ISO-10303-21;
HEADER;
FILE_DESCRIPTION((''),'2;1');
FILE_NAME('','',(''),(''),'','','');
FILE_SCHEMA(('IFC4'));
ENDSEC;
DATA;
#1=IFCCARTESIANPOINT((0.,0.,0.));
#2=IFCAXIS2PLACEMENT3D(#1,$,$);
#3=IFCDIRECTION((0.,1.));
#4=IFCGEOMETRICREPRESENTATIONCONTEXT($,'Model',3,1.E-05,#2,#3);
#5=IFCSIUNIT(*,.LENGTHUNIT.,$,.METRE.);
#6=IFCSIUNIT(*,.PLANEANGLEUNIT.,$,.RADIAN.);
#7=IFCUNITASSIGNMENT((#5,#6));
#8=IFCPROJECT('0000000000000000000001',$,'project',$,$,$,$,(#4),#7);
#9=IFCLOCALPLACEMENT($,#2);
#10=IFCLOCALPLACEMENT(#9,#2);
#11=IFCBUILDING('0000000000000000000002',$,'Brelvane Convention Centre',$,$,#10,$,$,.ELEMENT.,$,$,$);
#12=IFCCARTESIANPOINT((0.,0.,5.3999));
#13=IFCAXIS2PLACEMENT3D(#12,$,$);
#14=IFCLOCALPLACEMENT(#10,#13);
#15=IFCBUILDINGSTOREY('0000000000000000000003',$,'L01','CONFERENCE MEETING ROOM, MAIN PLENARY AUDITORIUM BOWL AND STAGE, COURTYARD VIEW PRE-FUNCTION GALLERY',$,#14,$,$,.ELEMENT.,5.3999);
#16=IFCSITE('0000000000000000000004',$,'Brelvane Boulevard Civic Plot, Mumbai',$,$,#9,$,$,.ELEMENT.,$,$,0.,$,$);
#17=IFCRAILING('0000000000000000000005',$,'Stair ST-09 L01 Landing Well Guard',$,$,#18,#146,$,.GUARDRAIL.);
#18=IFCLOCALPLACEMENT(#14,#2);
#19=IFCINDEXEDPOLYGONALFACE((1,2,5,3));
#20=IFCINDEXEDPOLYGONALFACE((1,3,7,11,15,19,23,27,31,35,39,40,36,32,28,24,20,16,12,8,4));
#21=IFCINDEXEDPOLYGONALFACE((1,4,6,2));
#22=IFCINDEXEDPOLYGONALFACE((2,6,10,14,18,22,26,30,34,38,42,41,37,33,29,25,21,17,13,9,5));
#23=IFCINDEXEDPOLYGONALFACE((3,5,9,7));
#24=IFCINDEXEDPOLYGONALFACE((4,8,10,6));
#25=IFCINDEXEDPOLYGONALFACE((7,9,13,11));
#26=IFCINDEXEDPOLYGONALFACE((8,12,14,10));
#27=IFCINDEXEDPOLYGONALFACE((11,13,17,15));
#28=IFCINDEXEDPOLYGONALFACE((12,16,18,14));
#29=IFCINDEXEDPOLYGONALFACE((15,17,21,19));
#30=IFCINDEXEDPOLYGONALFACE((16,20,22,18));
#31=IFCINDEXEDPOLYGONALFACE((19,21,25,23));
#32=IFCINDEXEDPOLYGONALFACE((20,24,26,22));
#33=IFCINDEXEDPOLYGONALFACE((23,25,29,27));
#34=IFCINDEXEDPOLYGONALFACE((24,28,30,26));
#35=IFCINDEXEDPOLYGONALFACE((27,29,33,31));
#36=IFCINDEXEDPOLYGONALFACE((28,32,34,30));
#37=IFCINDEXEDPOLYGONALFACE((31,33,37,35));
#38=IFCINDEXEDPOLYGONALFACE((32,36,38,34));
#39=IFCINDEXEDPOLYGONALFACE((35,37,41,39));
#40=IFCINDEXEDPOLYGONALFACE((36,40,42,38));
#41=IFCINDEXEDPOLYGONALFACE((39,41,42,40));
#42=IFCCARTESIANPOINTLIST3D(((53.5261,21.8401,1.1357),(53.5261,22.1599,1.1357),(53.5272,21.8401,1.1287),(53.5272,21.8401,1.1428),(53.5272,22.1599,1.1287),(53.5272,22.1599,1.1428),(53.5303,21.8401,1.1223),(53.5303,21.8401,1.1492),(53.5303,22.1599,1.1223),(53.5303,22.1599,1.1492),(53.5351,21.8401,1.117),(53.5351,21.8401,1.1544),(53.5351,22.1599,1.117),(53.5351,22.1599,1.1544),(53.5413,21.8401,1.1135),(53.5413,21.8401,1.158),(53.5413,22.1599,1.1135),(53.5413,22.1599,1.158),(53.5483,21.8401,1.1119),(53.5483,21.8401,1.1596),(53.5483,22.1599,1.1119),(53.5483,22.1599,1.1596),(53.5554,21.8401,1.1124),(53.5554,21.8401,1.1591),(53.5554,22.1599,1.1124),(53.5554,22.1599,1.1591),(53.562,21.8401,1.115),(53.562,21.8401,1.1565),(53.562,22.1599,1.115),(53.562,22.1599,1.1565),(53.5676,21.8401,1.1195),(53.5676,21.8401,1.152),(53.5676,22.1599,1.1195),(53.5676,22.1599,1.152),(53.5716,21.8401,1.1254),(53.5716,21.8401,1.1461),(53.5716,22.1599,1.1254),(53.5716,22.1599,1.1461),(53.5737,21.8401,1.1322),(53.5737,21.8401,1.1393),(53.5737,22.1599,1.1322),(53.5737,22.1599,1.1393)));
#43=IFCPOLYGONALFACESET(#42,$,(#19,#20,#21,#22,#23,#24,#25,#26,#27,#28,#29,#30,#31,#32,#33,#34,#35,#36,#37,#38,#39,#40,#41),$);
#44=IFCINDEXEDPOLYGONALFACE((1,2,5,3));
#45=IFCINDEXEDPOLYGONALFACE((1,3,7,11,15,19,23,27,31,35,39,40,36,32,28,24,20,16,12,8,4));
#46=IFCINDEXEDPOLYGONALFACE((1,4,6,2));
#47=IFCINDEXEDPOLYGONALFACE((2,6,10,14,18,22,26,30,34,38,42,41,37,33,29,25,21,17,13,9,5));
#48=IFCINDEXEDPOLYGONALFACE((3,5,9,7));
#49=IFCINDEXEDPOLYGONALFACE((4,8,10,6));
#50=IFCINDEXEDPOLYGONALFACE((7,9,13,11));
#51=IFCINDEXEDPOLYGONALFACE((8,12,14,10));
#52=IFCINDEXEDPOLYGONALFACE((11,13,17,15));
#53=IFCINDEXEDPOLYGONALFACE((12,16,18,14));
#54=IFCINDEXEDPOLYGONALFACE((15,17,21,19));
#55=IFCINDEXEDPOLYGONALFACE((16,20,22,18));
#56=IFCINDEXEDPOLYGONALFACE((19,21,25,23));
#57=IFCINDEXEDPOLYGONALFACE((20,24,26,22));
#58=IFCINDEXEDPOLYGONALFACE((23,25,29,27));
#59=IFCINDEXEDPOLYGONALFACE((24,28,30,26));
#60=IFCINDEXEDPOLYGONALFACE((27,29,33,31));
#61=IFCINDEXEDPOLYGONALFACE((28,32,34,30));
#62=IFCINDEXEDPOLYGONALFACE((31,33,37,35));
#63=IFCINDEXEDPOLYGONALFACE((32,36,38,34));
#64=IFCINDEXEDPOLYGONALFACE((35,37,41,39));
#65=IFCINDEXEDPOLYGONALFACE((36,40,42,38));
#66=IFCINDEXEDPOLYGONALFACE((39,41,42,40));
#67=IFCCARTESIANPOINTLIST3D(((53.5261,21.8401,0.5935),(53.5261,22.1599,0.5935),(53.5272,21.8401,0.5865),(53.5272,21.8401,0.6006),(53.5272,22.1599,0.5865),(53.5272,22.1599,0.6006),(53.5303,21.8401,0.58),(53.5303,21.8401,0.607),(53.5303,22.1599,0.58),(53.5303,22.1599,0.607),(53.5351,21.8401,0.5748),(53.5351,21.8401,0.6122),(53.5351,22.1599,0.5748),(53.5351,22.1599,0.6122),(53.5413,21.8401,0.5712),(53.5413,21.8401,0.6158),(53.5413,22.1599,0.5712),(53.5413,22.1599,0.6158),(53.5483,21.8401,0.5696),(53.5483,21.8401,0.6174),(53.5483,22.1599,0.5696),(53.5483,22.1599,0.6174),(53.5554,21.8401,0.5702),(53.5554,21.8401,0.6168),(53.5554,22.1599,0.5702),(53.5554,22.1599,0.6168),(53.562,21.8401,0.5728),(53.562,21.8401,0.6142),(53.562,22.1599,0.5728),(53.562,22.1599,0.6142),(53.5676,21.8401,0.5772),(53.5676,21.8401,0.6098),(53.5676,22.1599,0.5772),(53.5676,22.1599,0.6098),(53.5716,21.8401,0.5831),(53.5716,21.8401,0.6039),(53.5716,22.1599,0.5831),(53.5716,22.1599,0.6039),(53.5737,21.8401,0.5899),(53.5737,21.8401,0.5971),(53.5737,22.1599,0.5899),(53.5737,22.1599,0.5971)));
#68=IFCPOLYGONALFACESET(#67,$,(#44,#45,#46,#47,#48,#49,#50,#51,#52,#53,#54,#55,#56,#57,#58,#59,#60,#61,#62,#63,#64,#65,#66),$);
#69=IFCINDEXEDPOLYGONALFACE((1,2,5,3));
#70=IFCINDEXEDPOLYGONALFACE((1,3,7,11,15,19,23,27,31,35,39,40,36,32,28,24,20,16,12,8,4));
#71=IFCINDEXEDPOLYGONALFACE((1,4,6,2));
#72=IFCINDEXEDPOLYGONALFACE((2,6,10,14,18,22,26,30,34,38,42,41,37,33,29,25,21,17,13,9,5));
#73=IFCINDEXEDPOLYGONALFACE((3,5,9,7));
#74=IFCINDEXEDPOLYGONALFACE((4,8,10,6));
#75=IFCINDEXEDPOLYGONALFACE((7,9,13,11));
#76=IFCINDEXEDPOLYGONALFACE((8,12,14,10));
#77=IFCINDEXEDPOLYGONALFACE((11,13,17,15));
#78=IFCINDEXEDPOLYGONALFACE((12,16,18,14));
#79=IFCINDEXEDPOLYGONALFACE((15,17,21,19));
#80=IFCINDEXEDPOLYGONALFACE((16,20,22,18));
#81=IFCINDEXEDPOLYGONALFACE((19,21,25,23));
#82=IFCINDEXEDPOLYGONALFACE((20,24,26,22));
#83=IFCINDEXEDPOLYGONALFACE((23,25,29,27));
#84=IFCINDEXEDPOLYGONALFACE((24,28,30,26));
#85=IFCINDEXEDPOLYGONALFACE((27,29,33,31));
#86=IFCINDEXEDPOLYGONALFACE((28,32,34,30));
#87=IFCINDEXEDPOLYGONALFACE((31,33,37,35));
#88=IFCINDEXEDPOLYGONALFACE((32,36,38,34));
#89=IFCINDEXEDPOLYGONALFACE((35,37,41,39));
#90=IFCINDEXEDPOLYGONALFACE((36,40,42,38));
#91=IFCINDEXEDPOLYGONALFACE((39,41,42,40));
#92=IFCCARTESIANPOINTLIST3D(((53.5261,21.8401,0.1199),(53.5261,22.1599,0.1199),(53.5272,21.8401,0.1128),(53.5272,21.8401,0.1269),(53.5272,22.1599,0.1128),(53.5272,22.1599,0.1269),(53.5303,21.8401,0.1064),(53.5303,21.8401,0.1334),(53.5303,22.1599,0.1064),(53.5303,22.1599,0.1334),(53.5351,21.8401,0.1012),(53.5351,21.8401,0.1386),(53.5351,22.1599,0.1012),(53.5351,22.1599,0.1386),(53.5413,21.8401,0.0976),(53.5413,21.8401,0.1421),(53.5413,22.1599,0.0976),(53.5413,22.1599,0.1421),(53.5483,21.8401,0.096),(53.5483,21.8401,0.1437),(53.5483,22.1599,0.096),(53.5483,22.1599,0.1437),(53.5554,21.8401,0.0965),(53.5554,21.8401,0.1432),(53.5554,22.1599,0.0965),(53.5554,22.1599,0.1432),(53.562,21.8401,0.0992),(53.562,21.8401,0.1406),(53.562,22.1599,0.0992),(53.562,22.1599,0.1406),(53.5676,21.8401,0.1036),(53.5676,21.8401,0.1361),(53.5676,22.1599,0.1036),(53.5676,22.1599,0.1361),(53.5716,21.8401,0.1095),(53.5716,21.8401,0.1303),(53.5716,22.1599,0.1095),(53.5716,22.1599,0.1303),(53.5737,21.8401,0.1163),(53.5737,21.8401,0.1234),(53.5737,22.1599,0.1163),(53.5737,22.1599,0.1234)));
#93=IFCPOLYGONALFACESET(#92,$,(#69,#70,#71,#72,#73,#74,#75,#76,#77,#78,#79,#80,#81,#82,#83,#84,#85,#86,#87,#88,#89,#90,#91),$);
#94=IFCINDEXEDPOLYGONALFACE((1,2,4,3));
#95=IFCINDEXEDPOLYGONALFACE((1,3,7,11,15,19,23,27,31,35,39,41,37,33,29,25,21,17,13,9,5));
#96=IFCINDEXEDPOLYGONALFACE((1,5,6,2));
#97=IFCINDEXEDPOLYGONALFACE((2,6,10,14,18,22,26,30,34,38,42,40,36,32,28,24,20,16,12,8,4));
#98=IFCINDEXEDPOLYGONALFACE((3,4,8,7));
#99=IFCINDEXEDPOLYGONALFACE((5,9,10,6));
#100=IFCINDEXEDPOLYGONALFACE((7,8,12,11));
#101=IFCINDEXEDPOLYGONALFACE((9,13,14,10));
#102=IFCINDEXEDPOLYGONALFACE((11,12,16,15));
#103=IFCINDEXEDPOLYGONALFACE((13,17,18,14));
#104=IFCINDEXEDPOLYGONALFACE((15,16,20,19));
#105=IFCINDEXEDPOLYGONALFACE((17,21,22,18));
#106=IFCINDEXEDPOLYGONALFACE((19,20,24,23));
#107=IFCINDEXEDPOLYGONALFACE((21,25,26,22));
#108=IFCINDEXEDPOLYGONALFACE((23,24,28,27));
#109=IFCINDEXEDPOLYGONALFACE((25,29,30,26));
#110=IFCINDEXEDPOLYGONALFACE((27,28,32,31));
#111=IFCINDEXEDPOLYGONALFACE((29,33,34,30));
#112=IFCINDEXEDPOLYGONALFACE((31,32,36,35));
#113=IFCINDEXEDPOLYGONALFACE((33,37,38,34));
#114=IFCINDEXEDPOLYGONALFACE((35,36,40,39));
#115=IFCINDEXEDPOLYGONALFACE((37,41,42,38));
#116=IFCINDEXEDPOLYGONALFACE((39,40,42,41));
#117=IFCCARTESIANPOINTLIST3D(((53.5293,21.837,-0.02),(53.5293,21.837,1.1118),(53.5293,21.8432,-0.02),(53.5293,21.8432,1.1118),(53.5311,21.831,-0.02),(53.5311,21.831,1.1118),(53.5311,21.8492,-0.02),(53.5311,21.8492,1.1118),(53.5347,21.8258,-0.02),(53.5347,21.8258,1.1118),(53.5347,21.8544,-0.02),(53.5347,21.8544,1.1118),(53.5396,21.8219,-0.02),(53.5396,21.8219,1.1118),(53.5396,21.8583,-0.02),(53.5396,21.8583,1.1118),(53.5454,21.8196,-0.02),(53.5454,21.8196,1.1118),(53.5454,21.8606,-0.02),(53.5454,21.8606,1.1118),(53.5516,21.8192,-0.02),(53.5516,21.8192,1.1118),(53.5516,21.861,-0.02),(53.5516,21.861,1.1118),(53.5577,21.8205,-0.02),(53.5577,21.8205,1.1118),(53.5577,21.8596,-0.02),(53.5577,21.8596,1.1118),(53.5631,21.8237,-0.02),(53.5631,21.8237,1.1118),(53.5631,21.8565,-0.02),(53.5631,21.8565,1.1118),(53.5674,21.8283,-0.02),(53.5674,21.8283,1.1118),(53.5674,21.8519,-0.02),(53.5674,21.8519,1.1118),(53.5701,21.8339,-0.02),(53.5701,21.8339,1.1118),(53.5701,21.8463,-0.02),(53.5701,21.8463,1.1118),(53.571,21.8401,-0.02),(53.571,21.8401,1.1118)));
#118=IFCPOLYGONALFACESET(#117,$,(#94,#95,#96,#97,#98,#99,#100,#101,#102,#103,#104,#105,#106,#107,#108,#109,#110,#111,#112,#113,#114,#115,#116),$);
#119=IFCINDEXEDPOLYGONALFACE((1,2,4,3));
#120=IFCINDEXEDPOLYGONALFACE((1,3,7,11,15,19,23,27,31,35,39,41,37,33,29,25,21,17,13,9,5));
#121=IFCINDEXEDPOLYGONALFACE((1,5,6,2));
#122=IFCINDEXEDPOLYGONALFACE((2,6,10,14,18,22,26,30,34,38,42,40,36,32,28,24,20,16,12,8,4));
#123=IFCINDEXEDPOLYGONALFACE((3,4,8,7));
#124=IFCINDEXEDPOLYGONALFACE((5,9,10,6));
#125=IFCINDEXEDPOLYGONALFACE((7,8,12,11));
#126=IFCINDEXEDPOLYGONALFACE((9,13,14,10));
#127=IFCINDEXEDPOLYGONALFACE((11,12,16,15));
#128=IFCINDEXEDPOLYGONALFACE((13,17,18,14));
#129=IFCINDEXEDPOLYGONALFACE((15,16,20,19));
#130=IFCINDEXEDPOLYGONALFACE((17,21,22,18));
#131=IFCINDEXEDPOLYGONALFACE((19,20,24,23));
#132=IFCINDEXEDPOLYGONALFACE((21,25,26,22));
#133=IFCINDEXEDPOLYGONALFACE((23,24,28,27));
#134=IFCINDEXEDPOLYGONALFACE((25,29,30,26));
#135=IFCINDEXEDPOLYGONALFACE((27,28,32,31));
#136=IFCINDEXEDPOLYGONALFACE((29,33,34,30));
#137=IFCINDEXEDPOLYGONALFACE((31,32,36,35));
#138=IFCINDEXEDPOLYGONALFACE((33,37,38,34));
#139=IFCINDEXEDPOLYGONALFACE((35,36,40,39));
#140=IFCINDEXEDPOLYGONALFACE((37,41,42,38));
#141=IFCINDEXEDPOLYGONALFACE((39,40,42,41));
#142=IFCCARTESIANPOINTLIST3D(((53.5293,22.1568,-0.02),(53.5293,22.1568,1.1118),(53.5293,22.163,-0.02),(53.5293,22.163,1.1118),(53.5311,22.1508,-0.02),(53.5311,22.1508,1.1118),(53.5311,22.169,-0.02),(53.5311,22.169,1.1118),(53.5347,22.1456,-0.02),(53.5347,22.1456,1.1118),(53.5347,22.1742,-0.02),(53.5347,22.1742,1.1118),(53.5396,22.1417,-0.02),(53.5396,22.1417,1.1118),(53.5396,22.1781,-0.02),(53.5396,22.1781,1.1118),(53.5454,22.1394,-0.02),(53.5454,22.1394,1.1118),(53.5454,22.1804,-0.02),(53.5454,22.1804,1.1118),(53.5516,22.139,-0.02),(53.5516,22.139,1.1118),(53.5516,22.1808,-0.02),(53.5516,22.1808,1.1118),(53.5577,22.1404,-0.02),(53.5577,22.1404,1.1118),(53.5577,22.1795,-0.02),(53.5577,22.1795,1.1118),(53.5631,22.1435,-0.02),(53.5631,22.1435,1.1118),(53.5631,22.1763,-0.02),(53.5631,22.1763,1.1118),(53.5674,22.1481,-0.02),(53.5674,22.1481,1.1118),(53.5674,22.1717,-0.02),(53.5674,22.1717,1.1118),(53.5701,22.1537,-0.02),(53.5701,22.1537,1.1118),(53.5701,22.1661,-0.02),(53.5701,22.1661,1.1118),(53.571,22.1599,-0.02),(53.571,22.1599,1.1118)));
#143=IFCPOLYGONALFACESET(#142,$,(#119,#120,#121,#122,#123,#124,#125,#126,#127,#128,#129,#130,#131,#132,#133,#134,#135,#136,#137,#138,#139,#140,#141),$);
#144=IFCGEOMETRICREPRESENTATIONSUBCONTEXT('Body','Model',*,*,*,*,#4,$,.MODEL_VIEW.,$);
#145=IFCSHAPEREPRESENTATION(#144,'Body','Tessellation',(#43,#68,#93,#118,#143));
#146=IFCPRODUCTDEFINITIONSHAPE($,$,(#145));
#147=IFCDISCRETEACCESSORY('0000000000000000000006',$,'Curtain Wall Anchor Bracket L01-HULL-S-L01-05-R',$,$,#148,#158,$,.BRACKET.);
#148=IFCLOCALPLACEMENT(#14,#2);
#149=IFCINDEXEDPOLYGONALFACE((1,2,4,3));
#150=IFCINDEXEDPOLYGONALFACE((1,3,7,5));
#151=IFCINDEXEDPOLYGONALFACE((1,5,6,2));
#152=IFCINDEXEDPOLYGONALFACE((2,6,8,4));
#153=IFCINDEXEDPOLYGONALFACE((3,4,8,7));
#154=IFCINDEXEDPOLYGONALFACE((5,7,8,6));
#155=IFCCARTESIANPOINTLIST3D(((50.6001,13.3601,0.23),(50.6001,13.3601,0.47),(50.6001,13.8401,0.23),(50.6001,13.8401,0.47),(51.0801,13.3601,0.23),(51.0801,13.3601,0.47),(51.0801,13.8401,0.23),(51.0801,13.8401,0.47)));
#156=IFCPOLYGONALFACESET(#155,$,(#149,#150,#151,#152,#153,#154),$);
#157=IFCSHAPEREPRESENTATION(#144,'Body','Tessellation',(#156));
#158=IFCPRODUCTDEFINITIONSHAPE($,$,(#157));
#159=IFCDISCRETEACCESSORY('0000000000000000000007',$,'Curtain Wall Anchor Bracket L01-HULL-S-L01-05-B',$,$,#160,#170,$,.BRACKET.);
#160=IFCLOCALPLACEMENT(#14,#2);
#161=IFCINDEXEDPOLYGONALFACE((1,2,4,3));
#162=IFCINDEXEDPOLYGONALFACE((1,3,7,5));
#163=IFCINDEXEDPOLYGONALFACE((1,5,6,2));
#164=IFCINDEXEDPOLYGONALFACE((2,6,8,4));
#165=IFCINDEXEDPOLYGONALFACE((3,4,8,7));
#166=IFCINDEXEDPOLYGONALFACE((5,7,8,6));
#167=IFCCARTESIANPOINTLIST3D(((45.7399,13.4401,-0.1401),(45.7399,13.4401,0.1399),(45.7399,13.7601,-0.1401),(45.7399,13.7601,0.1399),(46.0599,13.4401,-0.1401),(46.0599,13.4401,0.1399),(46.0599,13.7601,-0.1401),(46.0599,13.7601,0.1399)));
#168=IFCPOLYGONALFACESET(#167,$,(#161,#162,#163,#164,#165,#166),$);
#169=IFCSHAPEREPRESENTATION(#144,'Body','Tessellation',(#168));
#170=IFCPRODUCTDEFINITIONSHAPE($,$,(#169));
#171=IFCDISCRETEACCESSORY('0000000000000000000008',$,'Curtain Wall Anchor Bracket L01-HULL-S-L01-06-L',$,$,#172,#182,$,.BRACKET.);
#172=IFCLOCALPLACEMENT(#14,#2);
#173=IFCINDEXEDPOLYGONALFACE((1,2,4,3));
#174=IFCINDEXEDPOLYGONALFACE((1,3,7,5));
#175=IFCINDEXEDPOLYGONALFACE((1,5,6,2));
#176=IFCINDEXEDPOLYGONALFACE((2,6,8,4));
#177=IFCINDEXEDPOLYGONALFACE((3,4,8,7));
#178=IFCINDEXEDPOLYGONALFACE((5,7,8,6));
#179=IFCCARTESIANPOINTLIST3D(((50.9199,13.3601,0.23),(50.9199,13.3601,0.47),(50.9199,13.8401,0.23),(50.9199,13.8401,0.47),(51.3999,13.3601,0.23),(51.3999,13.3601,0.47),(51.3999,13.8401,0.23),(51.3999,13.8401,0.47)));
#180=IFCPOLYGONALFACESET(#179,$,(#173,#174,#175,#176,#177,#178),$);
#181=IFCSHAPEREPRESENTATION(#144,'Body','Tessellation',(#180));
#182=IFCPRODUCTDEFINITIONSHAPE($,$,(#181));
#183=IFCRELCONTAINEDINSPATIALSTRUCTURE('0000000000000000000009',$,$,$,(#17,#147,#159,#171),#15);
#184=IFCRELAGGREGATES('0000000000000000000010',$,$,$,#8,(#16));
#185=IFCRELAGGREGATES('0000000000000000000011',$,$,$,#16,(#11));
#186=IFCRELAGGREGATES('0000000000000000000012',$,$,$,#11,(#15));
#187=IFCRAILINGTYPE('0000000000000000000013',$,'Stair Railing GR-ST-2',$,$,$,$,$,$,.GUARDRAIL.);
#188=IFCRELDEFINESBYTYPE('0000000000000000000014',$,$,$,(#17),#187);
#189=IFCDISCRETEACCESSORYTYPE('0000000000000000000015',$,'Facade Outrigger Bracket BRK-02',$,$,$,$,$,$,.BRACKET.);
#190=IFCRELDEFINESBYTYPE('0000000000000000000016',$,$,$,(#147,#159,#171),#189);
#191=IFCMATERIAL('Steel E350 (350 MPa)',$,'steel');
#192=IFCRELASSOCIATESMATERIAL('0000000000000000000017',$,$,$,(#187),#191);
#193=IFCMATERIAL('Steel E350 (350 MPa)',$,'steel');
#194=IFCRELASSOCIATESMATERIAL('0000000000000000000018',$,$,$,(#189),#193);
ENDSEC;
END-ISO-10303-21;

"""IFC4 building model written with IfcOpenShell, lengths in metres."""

from ifc_helpers import new_model, si_unit, direction, frame, origin, origin_2d, place, context, subcontext, project, spatial, rectangle, circle, extrude, material, type_object, element, save


model = new_model("IFC4")

# Units and contexts
model_context = context("Model", 3, precision=1e-05, world=origin(), true_north=direction((0.0, 1.0)))
body_context = subcontext(model_context, "Body", "Model", "MODEL_VIEW")
ifc_project = project(units=[si_unit("LENGTHUNIT", "METRE"), si_unit("PLANEANGLEUNIT", "RADIAN")], contexts=[model_context])

# Site, building, storey
site_placement = place(None, origin())
site = spatial("IfcSite", under=ifc_project, at=site_placement, Name="Brelvane Boulevard Civic Plot, Mumbai", CompositionType="ELEMENT", RefElevation=0.0)
building_placement = place(site_placement, origin())
building = spatial("IfcBuilding", under=site, at=building_placement, Name="Brelvane Convention Centre", CompositionType="ELEMENT")
storey_placement = place(building_placement, frame((0.0, 0.0, 5.3999)))
storey = spatial("IfcBuildingStorey", under=building, at=storey_placement, Name="L01", Description="CONFERENCE MEETING ROOM, MAIN PLENARY AUDITORIUM BOWL AND STAGE, COURTYARD VIEW PRE-FUNCTION GALLERY", CompositionType="ELEMENT", Elevation=5.3999)

# Railing
ifc_material_1 = material(Name="Steel E350 (350 MPa)", Category="steel")
railing_type_1 = type_object("IfcRailingType", Name="Stair Railing GR-ST-2", PredefinedType="GUARDRAIL", material=ifc_material_1)
railing_1_placement = place(storey_placement, frame((53.55, 21.8401, -0.02)))
element("IfcRailing", 1, at=railing_1_placement, inside=storey, type_object=railing_type_1, Name="Stair ST-09 L01 Landing Well Guard", PredefinedType="GUARDRAIL", context=body_context, shape_type="SweptSolid", body=[
    extrude(circle(Radius=0.0239, at=origin_2d()), frame((0.0, 0.0, 1.1558), z_axis=(0.0, 1.0, 0.0), x_axis=(-1.0, 0.0, 0.0)), (0.0, 0.0, 1.0), 0.3198),
    extrude(circle(Radius=0.0239, at=origin_2d()), frame((0.0, 0.0, 0.6135), z_axis=(0.0, 1.0, 0.0), x_axis=(-1.0, 0.0, 0.0)), (0.0, 0.0, 1.0), 0.3198),
    extrude(circle(Radius=0.0239, at=origin_2d()), frame((0.0, 0.0, 0.1399), z_axis=(0.0, 1.0, 0.0), x_axis=(-1.0, 0.0, 0.0)), (0.0, 0.0, 1.0), 0.3198),
    extrude(circle(Radius=0.021, at=origin_2d()), origin(), (0.0, 0.0, 1.0), 1.1318),
    extrude(circle(Radius=0.021, at=origin_2d()), frame((0.0, 0.3198, 0.0)), (0.0, 0.0, 1.0), 1.1318),
])

# Discrete accessories
ifc_material_2 = material(Name="Steel E350 (350 MPa)", Category="steel")
discrete_accessory_type = type_object("IfcDiscreteAccessoryType", Name="Facade Outrigger Bracket BRK-02", PredefinedType="BRACKET", material=ifc_material_2)
discrete_accessory_1_placement = place(storey_placement, frame((50.8401, 13.6001, 0.23), z_axis=(0.0, 0.0, 1.0), x_axis=(1.0, 0.0, 0.0)))
element("IfcDiscreteAccessory", 2, at=discrete_accessory_1_placement, inside=storey, type_object=discrete_accessory_type, Name="Curtain Wall Anchor Bracket L01-HULL-S-L01-05-R", PredefinedType="BRACKET", context=body_context, shape_type="SweptSolid", body=[
    extrude(rectangle(XDim=0.48, YDim=0.48, at=origin_2d()), origin(), (0.0, 0.0, 1.0), 0.24),
])
discrete_accessory_2_placement = place(storey_placement, frame((45.8999, 13.6001, -0.1401), z_axis=(0.0, 0.0, 1.0), x_axis=(1.0, 0.0, 0.0)))
element("IfcDiscreteAccessory", 3, at=discrete_accessory_2_placement, inside=storey, type_object=discrete_accessory_type, Name="Curtain Wall Anchor Bracket L01-HULL-S-L01-05-B", PredefinedType="BRACKET", context=body_context, shape_type="SweptSolid", body=[
    extrude(rectangle(XDim=0.3201, YDim=0.3201, at=origin_2d()), origin(), (0.0, 0.0, 1.0), 0.28),
])
discrete_accessory_3_placement = place(storey_placement, frame((51.1599, 13.6001, 0.23), z_axis=(0.0, 0.0, 1.0), x_axis=(1.0, 0.0, 0.0)))
element("IfcDiscreteAccessory", 4, at=discrete_accessory_3_placement, inside=storey, type_object=discrete_accessory_type, Name="Curtain Wall Anchor Bracket L01-HULL-S-L01-06-L", PredefinedType="BRACKET", context=body_context, shape_type="SweptSolid", body=[
    extrude(rectangle(XDim=0.48, YDim=0.48, at=origin_2d()), origin(), (0.0, 0.0, 1.0), 0.24),
])

save(model, "model.ifc")
